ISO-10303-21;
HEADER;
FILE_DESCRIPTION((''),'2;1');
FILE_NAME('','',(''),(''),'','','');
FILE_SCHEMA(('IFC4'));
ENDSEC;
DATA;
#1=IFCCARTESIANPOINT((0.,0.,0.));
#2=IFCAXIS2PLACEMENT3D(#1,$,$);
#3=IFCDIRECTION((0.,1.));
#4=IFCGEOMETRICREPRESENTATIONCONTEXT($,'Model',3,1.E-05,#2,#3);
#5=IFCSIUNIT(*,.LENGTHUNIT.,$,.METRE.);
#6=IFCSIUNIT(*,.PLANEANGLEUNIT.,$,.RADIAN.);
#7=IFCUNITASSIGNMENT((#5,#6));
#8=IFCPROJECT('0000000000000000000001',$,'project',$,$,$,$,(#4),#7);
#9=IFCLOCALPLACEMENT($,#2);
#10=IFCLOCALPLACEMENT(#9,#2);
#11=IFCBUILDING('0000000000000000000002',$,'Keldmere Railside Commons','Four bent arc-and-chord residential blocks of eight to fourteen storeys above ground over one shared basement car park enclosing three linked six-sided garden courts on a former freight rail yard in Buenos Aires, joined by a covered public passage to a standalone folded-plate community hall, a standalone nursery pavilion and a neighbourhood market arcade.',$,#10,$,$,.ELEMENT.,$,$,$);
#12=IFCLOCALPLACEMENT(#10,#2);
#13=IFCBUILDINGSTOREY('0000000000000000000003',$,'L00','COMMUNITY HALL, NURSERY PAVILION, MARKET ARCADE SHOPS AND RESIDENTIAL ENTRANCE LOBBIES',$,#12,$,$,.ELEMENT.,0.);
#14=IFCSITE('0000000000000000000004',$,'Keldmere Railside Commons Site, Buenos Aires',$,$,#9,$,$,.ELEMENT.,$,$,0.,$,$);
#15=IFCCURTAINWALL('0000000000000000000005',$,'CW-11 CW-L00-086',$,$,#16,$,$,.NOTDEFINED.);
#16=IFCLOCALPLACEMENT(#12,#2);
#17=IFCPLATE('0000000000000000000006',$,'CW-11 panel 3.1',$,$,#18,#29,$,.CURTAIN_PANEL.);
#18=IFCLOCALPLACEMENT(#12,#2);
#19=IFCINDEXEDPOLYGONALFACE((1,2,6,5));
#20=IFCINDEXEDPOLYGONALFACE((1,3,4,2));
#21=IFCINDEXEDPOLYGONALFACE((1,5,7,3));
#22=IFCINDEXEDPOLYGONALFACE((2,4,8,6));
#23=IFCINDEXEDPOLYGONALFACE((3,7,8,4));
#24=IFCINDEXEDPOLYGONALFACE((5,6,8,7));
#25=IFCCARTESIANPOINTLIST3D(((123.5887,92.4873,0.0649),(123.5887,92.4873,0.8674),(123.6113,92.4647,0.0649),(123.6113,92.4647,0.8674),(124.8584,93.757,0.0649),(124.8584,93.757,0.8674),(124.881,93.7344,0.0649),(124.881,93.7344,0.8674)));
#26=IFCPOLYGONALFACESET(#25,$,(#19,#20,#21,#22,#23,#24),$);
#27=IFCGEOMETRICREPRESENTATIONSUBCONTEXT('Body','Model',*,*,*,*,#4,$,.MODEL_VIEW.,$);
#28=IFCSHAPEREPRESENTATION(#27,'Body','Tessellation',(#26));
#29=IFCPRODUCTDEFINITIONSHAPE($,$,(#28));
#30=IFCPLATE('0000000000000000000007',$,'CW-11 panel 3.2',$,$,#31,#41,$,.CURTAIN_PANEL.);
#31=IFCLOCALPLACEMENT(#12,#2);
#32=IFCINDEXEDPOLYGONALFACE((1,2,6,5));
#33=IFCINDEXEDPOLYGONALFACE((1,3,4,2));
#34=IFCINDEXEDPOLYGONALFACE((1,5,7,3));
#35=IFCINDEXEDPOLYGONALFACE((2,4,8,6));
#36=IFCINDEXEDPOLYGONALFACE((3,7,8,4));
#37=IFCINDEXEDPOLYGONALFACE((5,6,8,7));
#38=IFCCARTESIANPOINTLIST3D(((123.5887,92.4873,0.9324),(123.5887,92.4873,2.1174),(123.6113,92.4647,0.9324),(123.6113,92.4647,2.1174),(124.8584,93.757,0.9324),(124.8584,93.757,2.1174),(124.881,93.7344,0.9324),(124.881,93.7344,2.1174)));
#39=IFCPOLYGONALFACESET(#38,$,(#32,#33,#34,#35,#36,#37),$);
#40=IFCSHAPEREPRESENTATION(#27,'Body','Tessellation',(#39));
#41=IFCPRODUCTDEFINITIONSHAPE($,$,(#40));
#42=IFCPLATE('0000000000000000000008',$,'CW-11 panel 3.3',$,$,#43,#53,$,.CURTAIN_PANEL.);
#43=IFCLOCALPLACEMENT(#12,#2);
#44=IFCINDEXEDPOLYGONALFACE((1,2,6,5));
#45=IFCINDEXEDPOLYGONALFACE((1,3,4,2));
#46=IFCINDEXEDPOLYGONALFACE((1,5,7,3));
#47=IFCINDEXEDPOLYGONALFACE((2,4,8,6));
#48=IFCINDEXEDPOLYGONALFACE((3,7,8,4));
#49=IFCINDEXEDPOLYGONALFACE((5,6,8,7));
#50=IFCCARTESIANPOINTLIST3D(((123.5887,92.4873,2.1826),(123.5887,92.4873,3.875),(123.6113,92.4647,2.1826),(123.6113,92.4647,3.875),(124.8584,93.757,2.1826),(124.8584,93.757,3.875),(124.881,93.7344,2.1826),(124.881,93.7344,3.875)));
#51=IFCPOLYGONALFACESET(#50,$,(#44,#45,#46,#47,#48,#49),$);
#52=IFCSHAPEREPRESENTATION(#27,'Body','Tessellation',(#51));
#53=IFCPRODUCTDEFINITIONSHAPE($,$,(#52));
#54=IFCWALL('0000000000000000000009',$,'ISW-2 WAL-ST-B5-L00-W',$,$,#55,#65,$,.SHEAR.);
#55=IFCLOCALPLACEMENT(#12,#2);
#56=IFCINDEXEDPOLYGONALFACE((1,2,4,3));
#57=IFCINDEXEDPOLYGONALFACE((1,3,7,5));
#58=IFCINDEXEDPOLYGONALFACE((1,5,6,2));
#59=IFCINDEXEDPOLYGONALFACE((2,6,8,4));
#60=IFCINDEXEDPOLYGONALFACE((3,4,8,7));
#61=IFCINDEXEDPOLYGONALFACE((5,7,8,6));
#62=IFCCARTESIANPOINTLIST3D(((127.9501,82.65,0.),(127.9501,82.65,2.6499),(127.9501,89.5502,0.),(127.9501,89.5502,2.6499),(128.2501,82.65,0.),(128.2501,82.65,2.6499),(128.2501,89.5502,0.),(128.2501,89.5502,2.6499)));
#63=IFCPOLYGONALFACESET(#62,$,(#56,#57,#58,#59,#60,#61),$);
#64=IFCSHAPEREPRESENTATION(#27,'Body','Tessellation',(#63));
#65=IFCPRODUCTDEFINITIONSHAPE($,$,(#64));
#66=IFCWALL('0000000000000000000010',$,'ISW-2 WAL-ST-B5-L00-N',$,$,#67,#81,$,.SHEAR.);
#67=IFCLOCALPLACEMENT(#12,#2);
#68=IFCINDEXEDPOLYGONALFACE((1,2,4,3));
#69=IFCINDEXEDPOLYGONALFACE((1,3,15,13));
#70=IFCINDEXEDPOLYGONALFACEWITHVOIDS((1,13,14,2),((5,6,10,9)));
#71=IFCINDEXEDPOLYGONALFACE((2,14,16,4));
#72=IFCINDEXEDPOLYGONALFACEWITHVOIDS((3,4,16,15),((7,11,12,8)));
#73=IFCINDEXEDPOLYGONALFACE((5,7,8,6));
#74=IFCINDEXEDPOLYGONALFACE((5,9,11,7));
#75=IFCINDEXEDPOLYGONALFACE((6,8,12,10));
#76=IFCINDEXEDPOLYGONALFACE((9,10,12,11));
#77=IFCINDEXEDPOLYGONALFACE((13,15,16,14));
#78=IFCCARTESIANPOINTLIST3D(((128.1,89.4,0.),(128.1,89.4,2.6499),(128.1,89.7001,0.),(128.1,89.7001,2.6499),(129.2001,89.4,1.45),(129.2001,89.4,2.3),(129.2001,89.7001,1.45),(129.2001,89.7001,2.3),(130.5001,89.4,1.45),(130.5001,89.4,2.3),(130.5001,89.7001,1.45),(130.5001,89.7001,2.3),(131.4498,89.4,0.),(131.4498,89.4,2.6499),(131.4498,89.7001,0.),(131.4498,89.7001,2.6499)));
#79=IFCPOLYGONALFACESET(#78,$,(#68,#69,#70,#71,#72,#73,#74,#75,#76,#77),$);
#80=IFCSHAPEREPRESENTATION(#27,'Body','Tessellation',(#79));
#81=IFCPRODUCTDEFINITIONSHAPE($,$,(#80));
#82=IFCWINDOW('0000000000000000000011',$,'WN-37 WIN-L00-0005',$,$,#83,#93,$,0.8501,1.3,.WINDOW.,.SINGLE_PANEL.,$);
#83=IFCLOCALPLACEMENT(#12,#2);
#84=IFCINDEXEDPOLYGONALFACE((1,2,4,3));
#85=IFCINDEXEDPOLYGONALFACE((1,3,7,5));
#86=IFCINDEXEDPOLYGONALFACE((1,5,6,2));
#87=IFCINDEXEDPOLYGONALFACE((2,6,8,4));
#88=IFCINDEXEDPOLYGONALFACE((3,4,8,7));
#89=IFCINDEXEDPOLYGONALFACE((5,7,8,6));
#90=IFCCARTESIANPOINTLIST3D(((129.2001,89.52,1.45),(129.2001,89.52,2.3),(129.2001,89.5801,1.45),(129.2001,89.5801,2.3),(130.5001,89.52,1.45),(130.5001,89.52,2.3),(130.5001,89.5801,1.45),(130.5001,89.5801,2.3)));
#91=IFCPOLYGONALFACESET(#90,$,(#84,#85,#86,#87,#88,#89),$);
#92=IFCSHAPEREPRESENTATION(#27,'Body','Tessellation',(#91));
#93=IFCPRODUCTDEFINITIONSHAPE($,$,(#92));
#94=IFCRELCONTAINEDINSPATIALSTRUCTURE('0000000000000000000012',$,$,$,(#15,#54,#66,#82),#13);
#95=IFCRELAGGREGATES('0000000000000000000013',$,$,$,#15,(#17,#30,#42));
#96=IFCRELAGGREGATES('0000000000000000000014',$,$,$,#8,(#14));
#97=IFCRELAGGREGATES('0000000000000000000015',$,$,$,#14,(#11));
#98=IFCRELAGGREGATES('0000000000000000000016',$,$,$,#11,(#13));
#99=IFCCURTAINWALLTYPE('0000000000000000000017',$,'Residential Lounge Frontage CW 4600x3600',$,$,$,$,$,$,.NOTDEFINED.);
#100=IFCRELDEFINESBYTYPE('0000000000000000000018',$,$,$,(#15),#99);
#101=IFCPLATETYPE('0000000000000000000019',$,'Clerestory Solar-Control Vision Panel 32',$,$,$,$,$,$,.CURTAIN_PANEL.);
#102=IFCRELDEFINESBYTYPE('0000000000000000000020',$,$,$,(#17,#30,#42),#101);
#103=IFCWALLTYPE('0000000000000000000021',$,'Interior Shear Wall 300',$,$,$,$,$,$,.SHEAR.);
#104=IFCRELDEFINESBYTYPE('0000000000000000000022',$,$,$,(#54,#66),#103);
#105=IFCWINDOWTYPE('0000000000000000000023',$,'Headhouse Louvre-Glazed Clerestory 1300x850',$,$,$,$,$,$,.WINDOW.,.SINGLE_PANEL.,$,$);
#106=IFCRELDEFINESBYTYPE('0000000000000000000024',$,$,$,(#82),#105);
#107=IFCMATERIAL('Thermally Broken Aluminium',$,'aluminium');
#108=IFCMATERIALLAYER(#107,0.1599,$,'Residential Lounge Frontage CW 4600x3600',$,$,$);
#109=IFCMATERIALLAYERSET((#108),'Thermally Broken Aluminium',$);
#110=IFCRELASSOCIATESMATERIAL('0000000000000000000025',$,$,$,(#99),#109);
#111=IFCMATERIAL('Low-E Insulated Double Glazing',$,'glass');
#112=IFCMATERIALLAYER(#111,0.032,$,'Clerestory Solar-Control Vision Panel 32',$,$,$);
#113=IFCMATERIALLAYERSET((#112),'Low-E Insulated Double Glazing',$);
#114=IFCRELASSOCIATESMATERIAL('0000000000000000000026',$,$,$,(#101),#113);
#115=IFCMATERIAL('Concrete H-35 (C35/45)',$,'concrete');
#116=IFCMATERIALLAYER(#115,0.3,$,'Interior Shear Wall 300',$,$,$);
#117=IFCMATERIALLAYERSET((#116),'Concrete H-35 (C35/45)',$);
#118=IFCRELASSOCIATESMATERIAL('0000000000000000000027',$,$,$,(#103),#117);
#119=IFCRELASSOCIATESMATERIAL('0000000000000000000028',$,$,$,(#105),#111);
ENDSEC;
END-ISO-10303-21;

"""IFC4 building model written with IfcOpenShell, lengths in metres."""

from ifc_helpers import new_model, si_unit, direction, frame, frame_2d, origin, origin_2d, place, context, subcontext, project, spatial, rectangle, extrude, material, layer, layer_set, type_object, element, fill, aggregate, save


model = new_model("IFC4")

# Units and contexts
model_context = context("Model", 3, precision=1e-05, world=origin(), true_north=direction((0.0, 1.0)))
body_context = subcontext(model_context, "Body", "Model", "MODEL_VIEW")
ifc_project = project(units=[si_unit("LENGTHUNIT", "METRE"), si_unit("PLANEANGLEUNIT", "RADIAN")], contexts=[model_context])

# Site, building, storey
site_placement = place(None, origin())
site = spatial("IfcSite", under=ifc_project, at=site_placement, Name="Keldmere Railside Commons Site, Buenos Aires", CompositionType="ELEMENT", RefElevation=0.0)
building_placement = place(site_placement, origin())
building = spatial("IfcBuilding", under=site, at=building_placement, Name="Keldmere Railside Commons", Description="Four bent arc-and-chord residential blocks of eight to fourteen storeys above ground over one shared basement car park enclosing three linked six-sided garden courts on a former freight rail yard in Buenos Aires, joined by a covered public passage to a standalone folded-plate community hall, a standalone nursery pavilion and a neighbourhood market arcade.", CompositionType="ELEMENT")
storey_placement = place(building_placement, origin())
storey = spatial("IfcBuildingStorey", under=building, at=storey_placement, Name="L00", Description="COMMUNITY HALL, NURSERY PAVILION, MARKET ARCADE SHOPS AND RESIDENTIAL ENTRANCE LOBBIES", CompositionType="ELEMENT", Elevation=0.0)

# Curtain wall
ifc_material_1 = material(Name="Thermally Broken Aluminium", Category="aluminium")
ifc_layer_1 = layer(ifc_material_1, 0.1599, Name="Residential Lounge Frontage CW 4600x3600")
ifc_layer_set_1 = layer_set([ifc_layer_1], Name="Thermally Broken Aluminium")
curtain_wall_type_1 = type_object("IfcCurtainWallType", Name="Residential Lounge Frontage CW 4600x3600", PredefinedType="NOTDEFINED", material=ifc_layer_set_1)
curtain_wall_1_placement = place(storey_placement, origin())
curtain_wall_1 = element("IfcCurtainWall", 1, at=curtain_wall_1_placement, inside=storey, type_object=curtain_wall_type_1, Name="CW-11 CW-L00-086", PredefinedType="NOTDEFINED")

# Plates
ifc_material_2 = material(Name="Low-E Insulated Double Glazing", Category="glass")
ifc_layer_2 = layer(ifc_material_2, 0.032, Name="Clerestory Solar-Control Vision Panel 32")
ifc_layer_set_2 = layer_set([ifc_layer_2], Name="Low-E Insulated Double Glazing")
plate_type_1 = type_object("IfcPlateType", Name="Clerestory Solar-Control Vision Panel 32", PredefinedType="CURTAIN_PANEL", material=ifc_layer_set_2)
plate_1_placement = place(storey_placement, frame((124.2349, 93.1108, 0.0649), z_axis=(0.0, 0.0, 1.0), x_axis=(-0.707107, -0.707107, 0.0)))
plate_1 = element("IfcPlate", 2, at=plate_1_placement, type_object=plate_type_1, Name="CW-11 panel 3.1", PredefinedType="CURTAIN_PANEL", context=body_context, shape_type="SweptSolid", body=[
    extrude(rectangle(XDim=1.7957, YDim=0.032, at=origin_2d()), origin(), (0.0, 0.0, 1.0), 0.8025),
])
plate_2_placement = place(storey_placement, frame((124.2349, 93.1108, 0.9324), z_axis=(0.0, 0.0, 1.0), x_axis=(-0.707107, -0.707107, 0.0)))
plate_2 = element("IfcPlate", 3, at=plate_2_placement, type_object=plate_type_1, Name="CW-11 panel 3.2", PredefinedType="CURTAIN_PANEL", context=body_context, shape_type="SweptSolid", body=[
    extrude(rectangle(XDim=1.7957, YDim=0.032, at=origin_2d()), origin(), (0.0, 0.0, 1.0), 1.1851),
])
plate_3_placement = place(storey_placement, frame((124.2349, 93.1108, 2.1826), z_axis=(0.0, 0.0, 1.0), x_axis=(-0.707107, -0.707107, 0.0)))
plate_3 = element("IfcPlate", 4, at=plate_3_placement, type_object=plate_type_1, Name="CW-11 panel 3.3", PredefinedType="CURTAIN_PANEL", context=body_context, shape_type="SweptSolid", body=[
    extrude(rectangle(XDim=1.7957, YDim=0.032, at=origin_2d()), origin(), (0.0, 0.0, 1.0), 1.6924),
])
aggregate(curtain_wall_1, [plate_1, plate_2, plate_3])

# Wall
ifc_material_3 = material(Name="Concrete H-35 (C35/45)", Category="concrete")
ifc_layer_3 = layer(ifc_material_3, 0.3, Name="Interior Shear Wall 300")
ifc_layer_set_3 = layer_set([ifc_layer_3], Name="Concrete H-35 (C35/45)")
wall_type = type_object("IfcWallType", Name="Interior Shear Wall 300", PredefinedType="SHEAR", material=ifc_layer_set_3)
wall_1_placement = place(storey_placement, frame((128.1001, 82.6499, 0.0), z_axis=(0.0, 0.0, 1.0), x_axis=(0.0, 1.0, 0.0)))
element("IfcWall", 5, at=wall_1_placement, inside=storey, type_object=wall_type, Name="ISW-2 WAL-ST-B5-L00-W", PredefinedType="SHEAR", context=body_context, shape_type="SweptSolid", body=[
    extrude(rectangle(XDim=6.9001, YDim=0.3, at=frame_2d((3.4502, 0.0))), origin(), (0.0, 0.0, 1.0), 2.6499),
])

# Wall, opening, window
wall_2_placement = place(storey_placement, frame((128.1001, 89.55, 0.0), z_axis=(0.0, 0.0, 1.0), x_axis=(1.0, 0.0, 0.0)))
wall_2 = element("IfcWall", 6, at=wall_2_placement, inside=storey, type_object=wall_type, Name="ISW-2 WAL-ST-B5-L00-N", PredefinedType="SHEAR", context=body_context, shape_type="SweptSolid", body=[
    extrude(rectangle(XDim=3.3499, YDim=0.3, at=frame_2d((1.6748, 0.0))), origin(), (0.0, 0.0, 1.0), 2.6499),
])
opening_placement = place(wall_2_placement, frame((1.1001, 0.0, 1.45)))
opening = element("IfcOpeningElement", 7, at=opening_placement, cuts=wall_2, PredefinedType="OPENING", context=body_context, shape_type="SweptSolid", body=[
    extrude(rectangle(XDim=1.3, YDim=0.8501, at=frame_2d((0.6499, 0.425))), frame((0.0, 0.1599, 0.0), z_axis=(0.0, -1.0, 0.0), x_axis=(1.0, 0.0, 0.0)), (0.0, 0.0, 1.0), 0.3201),
])
window_type = type_object("IfcWindowType", Name="Headhouse Louvre-Glazed Clerestory 1300x850", PartitioningType="SINGLE_PANEL", PredefinedType="WINDOW", material=ifc_material_2)
window_placement = place(opening_placement, origin())
window = element("IfcWindow", 8, at=window_placement, inside=storey, type_object=window_type, Name="WN-37 WIN-L00-0005", OverallHeight=0.8501, OverallWidth=1.3, PartitioningType="SINGLE_PANEL", PredefinedType="WINDOW", context=body_context, shape_type="SweptSolid", body=[
    extrude(rectangle(XDim=1.3, YDim=0.8501, at=frame_2d((0.6499, 0.425))), frame((0.0, 0.03, 0.0), z_axis=(0.0, -1.0, 0.0), x_axis=(1.0, 0.0, 0.0)), (0.0, 0.0, 1.0), 0.0601),
])
fill(opening, window)

save(model, "model.ifc")
